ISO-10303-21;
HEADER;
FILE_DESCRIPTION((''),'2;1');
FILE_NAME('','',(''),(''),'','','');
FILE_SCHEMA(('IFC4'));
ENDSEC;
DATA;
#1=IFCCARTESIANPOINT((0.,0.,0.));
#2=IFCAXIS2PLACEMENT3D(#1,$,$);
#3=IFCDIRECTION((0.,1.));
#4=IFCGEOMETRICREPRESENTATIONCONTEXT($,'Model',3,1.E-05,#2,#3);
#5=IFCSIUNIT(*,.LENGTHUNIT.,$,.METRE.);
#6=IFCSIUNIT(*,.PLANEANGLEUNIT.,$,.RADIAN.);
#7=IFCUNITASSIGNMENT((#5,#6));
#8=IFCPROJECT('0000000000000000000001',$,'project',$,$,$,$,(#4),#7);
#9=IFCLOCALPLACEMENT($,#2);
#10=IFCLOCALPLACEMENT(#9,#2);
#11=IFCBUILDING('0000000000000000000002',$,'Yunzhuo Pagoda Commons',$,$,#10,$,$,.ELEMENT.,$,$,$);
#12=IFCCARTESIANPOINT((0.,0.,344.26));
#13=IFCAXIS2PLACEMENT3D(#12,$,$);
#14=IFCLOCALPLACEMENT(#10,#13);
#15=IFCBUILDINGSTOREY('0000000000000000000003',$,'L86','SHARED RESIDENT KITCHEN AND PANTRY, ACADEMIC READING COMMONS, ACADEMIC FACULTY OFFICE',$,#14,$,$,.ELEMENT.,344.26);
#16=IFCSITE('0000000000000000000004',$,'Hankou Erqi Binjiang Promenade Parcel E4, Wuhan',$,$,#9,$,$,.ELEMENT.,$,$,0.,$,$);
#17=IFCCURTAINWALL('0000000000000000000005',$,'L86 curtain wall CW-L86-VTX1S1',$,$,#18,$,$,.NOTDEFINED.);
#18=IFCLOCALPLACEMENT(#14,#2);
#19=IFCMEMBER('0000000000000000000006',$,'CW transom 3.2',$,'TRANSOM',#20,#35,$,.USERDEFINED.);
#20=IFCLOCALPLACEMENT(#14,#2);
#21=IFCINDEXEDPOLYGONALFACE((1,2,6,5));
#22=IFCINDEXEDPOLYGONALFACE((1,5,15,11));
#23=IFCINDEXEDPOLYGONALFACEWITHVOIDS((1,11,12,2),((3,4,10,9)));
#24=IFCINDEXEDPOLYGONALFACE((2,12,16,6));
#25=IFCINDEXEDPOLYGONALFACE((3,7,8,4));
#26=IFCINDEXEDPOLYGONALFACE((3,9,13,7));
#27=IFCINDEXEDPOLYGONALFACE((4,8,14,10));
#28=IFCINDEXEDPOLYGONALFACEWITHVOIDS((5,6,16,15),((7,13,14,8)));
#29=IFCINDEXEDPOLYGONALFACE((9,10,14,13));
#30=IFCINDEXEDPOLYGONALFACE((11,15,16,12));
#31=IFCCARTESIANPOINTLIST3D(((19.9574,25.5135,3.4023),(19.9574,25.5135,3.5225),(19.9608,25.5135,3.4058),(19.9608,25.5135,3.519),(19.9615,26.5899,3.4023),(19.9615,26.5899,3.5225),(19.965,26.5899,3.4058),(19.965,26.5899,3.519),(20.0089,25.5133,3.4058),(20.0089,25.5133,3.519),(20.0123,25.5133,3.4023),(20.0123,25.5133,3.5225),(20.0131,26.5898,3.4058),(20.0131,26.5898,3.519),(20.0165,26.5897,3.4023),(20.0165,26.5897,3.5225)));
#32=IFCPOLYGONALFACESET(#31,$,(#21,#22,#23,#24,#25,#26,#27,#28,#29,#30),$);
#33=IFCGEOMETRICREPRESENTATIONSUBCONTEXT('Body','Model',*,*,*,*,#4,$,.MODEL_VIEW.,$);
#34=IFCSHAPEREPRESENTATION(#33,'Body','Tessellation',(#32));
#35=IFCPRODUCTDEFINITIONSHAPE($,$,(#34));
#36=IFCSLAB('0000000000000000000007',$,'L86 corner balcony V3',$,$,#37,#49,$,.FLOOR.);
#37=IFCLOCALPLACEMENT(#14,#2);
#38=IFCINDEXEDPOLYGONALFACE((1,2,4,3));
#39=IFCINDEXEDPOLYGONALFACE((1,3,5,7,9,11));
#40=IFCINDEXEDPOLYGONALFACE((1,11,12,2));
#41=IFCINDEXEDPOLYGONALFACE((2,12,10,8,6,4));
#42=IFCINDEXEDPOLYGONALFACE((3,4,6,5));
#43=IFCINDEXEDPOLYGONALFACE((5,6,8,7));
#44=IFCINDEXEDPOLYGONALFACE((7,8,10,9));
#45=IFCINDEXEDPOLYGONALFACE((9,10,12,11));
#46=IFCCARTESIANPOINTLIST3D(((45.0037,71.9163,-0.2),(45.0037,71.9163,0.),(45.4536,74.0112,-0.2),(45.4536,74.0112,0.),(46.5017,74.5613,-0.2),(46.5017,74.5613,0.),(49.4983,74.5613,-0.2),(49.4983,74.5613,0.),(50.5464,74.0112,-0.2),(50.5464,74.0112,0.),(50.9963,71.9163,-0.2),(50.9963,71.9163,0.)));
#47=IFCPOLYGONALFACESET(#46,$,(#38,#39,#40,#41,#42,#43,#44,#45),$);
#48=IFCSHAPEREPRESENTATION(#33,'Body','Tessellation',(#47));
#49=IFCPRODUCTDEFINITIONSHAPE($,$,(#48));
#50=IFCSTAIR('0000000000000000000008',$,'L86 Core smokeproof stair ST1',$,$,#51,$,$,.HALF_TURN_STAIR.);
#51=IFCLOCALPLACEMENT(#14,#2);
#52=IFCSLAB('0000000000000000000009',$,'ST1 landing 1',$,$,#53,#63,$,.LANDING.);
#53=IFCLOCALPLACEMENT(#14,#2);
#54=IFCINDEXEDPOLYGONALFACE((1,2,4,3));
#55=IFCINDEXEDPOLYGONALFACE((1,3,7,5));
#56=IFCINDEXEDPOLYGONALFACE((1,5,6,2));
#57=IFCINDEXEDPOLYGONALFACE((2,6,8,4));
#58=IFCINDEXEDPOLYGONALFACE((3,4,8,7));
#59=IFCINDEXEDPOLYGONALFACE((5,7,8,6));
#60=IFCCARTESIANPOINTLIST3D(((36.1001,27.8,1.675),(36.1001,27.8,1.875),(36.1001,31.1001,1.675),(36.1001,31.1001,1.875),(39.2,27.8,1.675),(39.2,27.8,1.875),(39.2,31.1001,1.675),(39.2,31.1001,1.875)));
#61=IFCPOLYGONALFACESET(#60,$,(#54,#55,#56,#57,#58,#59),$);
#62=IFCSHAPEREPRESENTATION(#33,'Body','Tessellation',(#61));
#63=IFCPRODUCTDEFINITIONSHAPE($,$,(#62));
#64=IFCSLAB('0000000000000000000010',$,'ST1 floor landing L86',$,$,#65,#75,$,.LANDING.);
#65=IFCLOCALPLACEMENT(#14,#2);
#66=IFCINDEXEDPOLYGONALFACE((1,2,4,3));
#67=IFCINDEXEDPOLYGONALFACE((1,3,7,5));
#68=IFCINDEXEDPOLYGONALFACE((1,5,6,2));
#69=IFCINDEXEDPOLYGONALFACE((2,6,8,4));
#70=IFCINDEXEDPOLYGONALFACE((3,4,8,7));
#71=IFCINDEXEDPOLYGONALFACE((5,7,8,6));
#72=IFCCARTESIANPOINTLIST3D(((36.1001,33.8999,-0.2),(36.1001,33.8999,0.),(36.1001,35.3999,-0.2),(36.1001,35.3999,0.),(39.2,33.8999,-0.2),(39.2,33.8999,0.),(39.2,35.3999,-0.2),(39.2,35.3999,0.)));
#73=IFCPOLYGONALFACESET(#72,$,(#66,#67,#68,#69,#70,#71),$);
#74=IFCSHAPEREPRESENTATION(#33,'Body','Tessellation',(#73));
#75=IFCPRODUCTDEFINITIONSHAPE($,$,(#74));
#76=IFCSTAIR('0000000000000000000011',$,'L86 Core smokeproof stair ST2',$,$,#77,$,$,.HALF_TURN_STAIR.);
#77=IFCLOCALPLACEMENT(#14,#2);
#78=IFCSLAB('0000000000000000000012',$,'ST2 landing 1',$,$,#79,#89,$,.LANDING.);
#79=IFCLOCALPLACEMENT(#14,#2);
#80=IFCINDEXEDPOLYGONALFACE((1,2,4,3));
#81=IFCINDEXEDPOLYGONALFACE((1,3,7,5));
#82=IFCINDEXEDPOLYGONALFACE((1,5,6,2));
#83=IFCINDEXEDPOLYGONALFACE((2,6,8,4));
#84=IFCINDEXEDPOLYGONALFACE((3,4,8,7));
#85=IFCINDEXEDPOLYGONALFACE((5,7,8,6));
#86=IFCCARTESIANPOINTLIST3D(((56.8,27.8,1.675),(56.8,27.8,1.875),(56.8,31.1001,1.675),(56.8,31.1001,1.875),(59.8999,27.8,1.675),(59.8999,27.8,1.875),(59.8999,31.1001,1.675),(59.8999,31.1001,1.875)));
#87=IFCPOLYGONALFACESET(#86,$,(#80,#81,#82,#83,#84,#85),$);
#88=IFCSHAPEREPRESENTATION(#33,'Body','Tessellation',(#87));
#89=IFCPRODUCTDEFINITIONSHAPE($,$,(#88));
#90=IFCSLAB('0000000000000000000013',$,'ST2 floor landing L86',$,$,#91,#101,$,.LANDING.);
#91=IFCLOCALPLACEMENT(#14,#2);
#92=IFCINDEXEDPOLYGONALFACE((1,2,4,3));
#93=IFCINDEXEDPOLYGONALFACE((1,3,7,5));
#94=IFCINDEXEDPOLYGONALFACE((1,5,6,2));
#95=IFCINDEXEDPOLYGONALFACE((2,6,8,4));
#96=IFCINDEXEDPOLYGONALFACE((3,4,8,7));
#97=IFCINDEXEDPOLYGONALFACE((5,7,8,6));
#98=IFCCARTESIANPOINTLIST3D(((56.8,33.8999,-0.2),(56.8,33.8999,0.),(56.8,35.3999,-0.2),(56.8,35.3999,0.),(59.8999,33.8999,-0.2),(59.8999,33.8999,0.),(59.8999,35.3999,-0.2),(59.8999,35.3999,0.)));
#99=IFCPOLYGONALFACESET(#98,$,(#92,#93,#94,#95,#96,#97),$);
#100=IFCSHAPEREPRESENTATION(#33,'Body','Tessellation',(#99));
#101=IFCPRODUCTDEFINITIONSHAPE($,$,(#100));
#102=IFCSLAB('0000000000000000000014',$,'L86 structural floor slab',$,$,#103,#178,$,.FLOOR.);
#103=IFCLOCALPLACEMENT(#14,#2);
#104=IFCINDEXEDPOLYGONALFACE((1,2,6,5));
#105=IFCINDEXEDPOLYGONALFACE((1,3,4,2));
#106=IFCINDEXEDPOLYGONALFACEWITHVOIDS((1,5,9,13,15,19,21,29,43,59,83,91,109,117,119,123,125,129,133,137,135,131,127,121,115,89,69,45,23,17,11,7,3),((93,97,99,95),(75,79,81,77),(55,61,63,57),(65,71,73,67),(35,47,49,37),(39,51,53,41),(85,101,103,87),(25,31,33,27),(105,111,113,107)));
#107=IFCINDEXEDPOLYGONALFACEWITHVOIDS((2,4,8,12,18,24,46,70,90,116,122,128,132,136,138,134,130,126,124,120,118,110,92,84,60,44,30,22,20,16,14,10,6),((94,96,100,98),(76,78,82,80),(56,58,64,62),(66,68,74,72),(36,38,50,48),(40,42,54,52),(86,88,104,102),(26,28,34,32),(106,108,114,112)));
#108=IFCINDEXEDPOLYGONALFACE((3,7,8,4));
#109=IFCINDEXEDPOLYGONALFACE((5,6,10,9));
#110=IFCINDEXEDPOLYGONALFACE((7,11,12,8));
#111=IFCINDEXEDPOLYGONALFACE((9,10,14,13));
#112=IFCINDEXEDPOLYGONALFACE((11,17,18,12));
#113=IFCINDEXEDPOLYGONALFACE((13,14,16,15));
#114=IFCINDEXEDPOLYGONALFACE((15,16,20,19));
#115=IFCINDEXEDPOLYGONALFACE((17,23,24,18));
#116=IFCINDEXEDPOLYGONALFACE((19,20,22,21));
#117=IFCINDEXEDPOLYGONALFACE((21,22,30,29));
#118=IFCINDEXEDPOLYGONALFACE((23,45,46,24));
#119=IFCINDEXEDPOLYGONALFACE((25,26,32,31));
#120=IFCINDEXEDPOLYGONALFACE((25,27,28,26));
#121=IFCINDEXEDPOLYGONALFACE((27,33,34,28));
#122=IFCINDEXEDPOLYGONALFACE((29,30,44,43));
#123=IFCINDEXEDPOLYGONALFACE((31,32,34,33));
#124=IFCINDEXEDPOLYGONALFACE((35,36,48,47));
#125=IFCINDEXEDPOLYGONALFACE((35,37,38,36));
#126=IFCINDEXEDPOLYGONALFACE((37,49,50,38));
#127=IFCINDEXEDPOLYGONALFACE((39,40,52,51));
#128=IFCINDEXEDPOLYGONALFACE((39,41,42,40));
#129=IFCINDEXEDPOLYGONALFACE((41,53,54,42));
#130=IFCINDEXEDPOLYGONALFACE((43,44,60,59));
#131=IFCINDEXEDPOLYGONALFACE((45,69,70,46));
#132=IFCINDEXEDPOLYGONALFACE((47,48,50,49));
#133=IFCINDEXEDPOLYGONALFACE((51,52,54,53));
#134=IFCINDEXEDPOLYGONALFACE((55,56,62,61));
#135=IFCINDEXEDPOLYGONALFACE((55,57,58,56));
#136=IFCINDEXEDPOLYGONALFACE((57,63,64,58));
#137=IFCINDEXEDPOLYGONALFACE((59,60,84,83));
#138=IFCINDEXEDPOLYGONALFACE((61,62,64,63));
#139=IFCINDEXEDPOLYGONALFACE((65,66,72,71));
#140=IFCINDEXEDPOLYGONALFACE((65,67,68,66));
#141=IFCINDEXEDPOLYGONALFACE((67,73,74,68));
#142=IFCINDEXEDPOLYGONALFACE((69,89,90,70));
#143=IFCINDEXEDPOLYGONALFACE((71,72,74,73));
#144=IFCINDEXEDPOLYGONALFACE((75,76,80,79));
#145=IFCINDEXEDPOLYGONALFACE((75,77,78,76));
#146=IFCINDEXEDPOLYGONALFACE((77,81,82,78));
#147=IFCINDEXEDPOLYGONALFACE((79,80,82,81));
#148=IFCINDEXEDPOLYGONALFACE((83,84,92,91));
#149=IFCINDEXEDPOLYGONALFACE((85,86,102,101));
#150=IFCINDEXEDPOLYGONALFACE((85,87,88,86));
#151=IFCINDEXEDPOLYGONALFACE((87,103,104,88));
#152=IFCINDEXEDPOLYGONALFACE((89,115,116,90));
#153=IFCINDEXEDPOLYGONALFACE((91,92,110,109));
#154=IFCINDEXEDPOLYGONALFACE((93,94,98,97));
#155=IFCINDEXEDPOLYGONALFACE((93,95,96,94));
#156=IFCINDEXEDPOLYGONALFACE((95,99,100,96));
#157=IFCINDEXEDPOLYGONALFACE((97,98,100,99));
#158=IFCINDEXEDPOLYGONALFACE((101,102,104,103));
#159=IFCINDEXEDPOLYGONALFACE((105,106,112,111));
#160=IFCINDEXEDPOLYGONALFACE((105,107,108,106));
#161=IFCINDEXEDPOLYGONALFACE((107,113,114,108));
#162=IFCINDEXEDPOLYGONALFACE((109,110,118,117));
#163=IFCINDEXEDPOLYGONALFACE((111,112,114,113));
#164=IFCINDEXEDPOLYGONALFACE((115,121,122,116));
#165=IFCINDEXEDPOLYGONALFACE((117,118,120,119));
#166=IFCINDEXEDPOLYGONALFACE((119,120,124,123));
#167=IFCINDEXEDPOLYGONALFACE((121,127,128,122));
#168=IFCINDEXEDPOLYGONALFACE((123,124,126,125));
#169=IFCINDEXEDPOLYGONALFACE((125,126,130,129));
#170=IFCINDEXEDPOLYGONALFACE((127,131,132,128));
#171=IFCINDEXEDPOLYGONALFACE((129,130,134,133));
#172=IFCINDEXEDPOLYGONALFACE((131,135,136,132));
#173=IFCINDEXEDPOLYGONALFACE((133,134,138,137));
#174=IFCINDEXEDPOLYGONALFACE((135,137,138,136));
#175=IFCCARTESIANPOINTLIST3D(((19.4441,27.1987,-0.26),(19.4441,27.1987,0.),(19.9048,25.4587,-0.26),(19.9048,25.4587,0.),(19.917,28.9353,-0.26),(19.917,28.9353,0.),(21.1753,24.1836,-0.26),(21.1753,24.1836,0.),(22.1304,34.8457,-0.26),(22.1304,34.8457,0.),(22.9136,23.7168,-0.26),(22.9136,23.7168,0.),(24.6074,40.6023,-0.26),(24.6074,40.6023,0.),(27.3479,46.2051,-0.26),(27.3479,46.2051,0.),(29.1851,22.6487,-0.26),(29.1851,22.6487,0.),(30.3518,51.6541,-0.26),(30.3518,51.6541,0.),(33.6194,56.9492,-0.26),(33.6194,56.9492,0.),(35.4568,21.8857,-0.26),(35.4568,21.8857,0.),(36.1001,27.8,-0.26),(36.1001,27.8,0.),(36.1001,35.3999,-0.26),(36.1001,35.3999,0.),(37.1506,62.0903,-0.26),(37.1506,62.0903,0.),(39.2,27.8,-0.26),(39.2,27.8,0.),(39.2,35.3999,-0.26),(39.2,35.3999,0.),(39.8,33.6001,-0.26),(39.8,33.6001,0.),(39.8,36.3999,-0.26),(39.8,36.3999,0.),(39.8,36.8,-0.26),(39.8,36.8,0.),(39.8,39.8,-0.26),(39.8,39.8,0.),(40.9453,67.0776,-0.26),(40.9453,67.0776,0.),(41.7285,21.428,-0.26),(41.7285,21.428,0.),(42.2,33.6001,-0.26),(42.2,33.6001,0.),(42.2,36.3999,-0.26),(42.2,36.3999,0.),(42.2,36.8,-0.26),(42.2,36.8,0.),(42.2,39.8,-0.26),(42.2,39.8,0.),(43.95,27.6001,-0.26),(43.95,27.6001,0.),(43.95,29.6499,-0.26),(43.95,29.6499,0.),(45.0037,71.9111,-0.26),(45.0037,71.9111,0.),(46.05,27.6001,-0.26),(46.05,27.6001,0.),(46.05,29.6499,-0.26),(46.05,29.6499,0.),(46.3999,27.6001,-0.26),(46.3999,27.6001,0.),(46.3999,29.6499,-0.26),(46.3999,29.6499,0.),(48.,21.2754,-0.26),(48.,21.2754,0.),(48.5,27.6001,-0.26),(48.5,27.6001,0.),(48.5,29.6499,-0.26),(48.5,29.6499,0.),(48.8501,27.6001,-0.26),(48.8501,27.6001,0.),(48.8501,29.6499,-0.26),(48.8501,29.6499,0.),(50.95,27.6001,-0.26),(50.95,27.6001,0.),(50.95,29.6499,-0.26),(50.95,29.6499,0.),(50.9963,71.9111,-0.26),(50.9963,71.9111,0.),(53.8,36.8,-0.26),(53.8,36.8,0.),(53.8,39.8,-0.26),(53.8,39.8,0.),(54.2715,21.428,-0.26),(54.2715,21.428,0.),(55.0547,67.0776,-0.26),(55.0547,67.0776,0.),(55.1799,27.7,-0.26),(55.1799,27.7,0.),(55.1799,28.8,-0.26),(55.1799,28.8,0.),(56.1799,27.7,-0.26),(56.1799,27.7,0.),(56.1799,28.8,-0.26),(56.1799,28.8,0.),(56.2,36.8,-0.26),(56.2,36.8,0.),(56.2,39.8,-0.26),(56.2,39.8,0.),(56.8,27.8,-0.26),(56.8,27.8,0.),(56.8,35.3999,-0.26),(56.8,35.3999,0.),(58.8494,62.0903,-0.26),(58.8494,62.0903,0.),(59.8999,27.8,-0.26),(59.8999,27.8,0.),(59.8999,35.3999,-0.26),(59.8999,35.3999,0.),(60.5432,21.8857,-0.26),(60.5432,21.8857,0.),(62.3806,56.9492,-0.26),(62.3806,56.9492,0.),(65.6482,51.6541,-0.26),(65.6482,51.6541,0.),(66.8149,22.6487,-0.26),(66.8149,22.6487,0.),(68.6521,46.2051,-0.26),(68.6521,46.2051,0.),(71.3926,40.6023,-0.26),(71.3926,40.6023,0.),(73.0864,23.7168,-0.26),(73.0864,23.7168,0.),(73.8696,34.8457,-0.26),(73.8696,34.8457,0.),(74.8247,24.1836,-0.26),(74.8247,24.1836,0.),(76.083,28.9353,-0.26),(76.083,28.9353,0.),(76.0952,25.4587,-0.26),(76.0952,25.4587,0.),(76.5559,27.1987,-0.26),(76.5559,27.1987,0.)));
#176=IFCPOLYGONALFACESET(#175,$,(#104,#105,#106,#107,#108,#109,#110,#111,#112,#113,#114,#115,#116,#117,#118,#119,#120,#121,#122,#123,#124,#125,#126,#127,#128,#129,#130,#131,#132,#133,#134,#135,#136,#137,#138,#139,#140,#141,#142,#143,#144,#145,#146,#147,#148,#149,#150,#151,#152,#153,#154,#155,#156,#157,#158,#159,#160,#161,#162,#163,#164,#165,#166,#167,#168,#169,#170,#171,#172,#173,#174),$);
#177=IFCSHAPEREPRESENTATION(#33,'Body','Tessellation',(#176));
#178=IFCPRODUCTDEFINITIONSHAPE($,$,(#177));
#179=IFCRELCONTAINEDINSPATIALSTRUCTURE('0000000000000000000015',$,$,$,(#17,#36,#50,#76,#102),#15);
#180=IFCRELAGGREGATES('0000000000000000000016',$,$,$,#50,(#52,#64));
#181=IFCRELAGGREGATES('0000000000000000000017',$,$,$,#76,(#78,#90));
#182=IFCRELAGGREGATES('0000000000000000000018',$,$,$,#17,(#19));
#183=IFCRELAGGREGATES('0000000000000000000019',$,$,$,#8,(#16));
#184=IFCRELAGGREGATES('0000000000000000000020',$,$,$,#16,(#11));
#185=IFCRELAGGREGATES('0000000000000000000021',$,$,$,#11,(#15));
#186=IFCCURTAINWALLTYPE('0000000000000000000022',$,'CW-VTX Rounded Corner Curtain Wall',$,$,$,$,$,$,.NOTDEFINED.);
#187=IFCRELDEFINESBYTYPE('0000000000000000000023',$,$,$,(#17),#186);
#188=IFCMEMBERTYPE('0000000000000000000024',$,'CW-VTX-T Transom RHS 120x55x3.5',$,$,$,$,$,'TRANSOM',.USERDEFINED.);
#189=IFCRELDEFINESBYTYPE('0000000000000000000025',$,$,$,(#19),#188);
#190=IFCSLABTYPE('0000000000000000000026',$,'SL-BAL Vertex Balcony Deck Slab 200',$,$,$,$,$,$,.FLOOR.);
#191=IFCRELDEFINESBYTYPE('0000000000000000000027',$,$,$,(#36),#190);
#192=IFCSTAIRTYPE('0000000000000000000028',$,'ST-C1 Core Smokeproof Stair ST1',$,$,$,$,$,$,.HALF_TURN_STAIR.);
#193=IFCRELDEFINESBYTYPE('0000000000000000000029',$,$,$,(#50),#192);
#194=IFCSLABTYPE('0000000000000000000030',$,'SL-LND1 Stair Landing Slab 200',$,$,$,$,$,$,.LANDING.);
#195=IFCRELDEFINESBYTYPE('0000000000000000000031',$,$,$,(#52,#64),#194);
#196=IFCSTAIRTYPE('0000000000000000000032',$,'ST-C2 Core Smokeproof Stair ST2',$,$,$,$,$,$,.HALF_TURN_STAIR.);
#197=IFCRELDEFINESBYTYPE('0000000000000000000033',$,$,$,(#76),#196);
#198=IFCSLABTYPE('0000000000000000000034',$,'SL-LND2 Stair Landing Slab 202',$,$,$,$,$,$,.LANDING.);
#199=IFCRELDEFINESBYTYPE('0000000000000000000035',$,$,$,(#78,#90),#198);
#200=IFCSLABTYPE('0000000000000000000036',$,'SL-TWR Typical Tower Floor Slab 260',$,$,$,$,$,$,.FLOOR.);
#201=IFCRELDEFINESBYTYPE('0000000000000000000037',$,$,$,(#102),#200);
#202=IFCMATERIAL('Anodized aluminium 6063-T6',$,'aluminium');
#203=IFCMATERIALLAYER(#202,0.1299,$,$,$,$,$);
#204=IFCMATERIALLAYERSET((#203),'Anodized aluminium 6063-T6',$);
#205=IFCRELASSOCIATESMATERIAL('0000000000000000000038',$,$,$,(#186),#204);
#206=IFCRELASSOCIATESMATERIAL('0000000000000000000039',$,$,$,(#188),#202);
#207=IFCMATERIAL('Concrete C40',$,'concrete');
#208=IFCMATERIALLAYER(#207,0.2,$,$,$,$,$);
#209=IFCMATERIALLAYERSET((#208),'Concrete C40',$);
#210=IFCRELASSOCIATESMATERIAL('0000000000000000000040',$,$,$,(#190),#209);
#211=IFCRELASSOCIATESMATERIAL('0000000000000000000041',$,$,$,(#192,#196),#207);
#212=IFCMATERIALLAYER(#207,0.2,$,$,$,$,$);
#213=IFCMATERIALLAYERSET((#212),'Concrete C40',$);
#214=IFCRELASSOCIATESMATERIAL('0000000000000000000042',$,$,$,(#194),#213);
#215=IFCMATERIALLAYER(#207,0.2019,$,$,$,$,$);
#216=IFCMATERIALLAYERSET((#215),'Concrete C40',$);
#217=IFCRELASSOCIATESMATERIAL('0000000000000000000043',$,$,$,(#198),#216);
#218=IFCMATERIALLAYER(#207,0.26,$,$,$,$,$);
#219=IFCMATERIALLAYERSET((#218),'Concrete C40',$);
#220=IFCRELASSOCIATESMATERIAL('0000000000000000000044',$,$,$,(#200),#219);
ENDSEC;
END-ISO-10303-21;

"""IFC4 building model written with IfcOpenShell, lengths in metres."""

from ifc_helpers import new_model, si_unit, direction, frame, origin, origin_2d, place, context, subcontext, project, spatial, polyline, hollow_rectangle, outline, extrude, source, transform, mapped, material, layer, layer_set, material_profile, profile_set, type_object, element, aggregate, save


model = new_model("IFC4")

# Units and contexts
model_context = context("Model", 3, precision=1e-05, world=origin(), true_north=direction((0.0, 1.0)))
body_context = subcontext(model_context, "Body", "Model", "MODEL_VIEW")
ifc_project = project(units=[si_unit("LENGTHUNIT", "METRE"), si_unit("PLANEANGLEUNIT", "RADIAN")], contexts=[model_context])

# Site, building, storey
site_placement = place(None, origin())
site = spatial("IfcSite", under=ifc_project, at=site_placement, Name="Hankou Erqi Binjiang Promenade Parcel E4, Wuhan", CompositionType="ELEMENT", RefElevation=0.0)
building_placement = place(site_placement, origin())
building = spatial("IfcBuilding", under=site, at=building_placement, Name="Yunzhuo Pagoda Commons", CompositionType="ELEMENT")
storey_placement = place(building_placement, frame((0.0, 0.0, 344.26)))
storey = spatial("IfcBuildingStorey", under=building, at=storey_placement, Name="L86", Description="SHARED RESIDENT KITCHEN AND PANTRY, ACADEMIC READING COMMONS, ACADEMIC FACULTY OFFICE", CompositionType="ELEMENT", Elevation=344.26)

# Shared definitions
ifc_material_1 = material(Name="Anodized aluminium 6063-T6", Category="aluminium")

# Curtain wall
ifc_layer_1 = layer(ifc_material_1, 0.1299)
ifc_layer_set_1 = layer_set([ifc_layer_1], Name="Anodized aluminium 6063-T6")
curtain_wall_type_1 = type_object("IfcCurtainWallType", Name="CW-VTX Rounded Corner Curtain Wall", PredefinedType="NOTDEFINED", material=ifc_layer_set_1)
curtain_wall_1_placement = place(storey_placement, origin())
curtain_wall_1 = element("IfcCurtainWall", 1, at=curtain_wall_1_placement, inside=storey, type_object=curtain_wall_type_1, Name="L86 curtain wall CW-L86-VTX1S1", PredefinedType="NOTDEFINED")
ifc_material_profile_1 = material_profile(ifc_material_1, hollow_rectangle(XDim=0.0549, YDim=0.1201, WallThickness=0.0034, at=origin_2d()), Name="Anodized aluminium 6063-T6")
ifc_profile_set_1 = profile_set([ifc_material_profile_1], Name="Anodized aluminium 6063-T6")
member_type_1 = type_object("IfcMemberType", Name="CW-VTX-T Transom RHS 120x55x3.5", ElementType="TRANSOM", PredefinedType="USERDEFINED", material=ifc_profile_set_1)

# Member
shared_shape_1 = source(origin(), body_context, "Body", "SweptSolid", [
    extrude(hollow_rectangle(XDim=0.0549, YDim=0.1201, WallThickness=0.0034, at=origin_2d()), origin(), (0.0, 0.0, 1.0), 1.0764),
])
member_1_placement = place(storey_placement, frame((19.989, 26.5898, 3.4624), z_axis=(-0.003856, -0.999993, 0.0), x_axis=(0.999993, -0.003856, 0.0)))
member_1 = element("IfcMember", 2, at=member_1_placement, type_object=member_type_1, Name="CW transom 3.2", ObjectType="TRANSOM", PredefinedType="USERDEFINED", context=body_context, shape_type="MappedRepresentation", body=[
    mapped(shared_shape_1, transform((0.0, 0.0, 0.0), scale=1.0)),
])

# Slab
ifc_material_2 = material(Name="Concrete C40", Category="concrete")
ifc_layer_2 = layer(ifc_material_2, 0.2)
ifc_layer_set_2 = layer_set([ifc_layer_2], Name="Concrete C40")
slab_type_1 = type_object("IfcSlabType", Name="SL-BAL Vertex Balcony Deck Slab 200", PredefinedType="FLOOR", material=ifc_layer_set_2)
slab_1_placement = place(storey_placement, frame((0.0, 0.0, -0.2)))
element("IfcSlab", 3, at=slab_1_placement, inside=storey, type_object=slab_type_1, Name="L86 corner balcony V3", PredefinedType="FLOOR", context=body_context, shape_type="SweptSolid", body=[
    extrude(outline(polyline([(50.9963, 71.9163), (45.0037, 71.9163), (45.4536, 74.0112), (46.5017, 74.5613), (49.4983, 74.5613), (50.5464, 74.0112), (50.9963, 71.9163)])), origin(), (0.0, 0.0, 1.0), 0.2),
])

# Stairs, slabs
stair_type_1 = type_object("IfcStairType", Name="ST-C1 Core Smokeproof Stair ST1", PredefinedType="HALF_TURN_STAIR", material=ifc_material_2)
stair_1_placement = place(storey_placement, origin())
stair_1 = element("IfcStair", 4, at=stair_1_placement, inside=storey, type_object=stair_type_1, Name="L86 Core smokeproof stair ST1", PredefinedType="HALF_TURN_STAIR")
ifc_layer_3 = layer(ifc_material_2, 0.2)
ifc_layer_set_3 = layer_set([ifc_layer_3], Name="Concrete C40")
slab_type_2 = type_object("IfcSlabType", Name="SL-LND1 Stair Landing Slab 200", PredefinedType="LANDING", material=ifc_layer_set_3)
slab_2_placement = place(storey_placement, frame((0.0, 0.0, 1.675)))
slab_2 = element("IfcSlab", 5, at=slab_2_placement, type_object=slab_type_2, Name="ST1 landing 1", PredefinedType="LANDING", context=body_context, shape_type="SweptSolid", body=[
    extrude(outline(polyline([(36.1001, 31.1001), (36.1001, 27.8), (39.2, 27.8), (39.2, 31.1001), (36.1001, 31.1001)])), origin(), (0.0, 0.0, 1.0), 0.2),
])
slab_3_placement = place(storey_placement, frame((0.0, 0.0, -0.2)))
slab_3 = element("IfcSlab", 6, at=slab_3_placement, type_object=slab_type_2, Name="ST1 floor landing L86", PredefinedType="LANDING", context=body_context, shape_type="SweptSolid", body=[
    extrude(outline(polyline([(36.1001, 35.3999), (36.1001, 33.8999), (39.2, 33.8999), (39.2, 35.3999), (36.1001, 35.3999)])), origin(), (0.0, 0.0, 1.0), 0.2),
])
aggregate(stair_1, [slab_2, slab_3])
stair_type_2 = type_object("IfcStairType", Name="ST-C2 Core Smokeproof Stair ST2", PredefinedType="HALF_TURN_STAIR", material=ifc_material_2)
stair_2_placement = place(storey_placement, origin())
stair_2 = element("IfcStair", 7, at=stair_2_placement, inside=storey, type_object=stair_type_2, Name="L86 Core smokeproof stair ST2", PredefinedType="HALF_TURN_STAIR")
ifc_layer_4 = layer(ifc_material_2, 0.2019)
ifc_layer_set_4 = layer_set([ifc_layer_4], Name="Concrete C40")
slab_type_3 = type_object("IfcSlabType", Name="SL-LND2 Stair Landing Slab 202", PredefinedType="LANDING", material=ifc_layer_set_4)
slab_4_placement = place(storey_placement, frame((0.0, 0.0, 1.675)))
slab_4 = element("IfcSlab", 8, at=slab_4_placement, type_object=slab_type_3, Name="ST2 landing 1", PredefinedType="LANDING", context=body_context, shape_type="SweptSolid", body=[
    extrude(outline(polyline([(56.8, 31.1001), (56.8, 27.8), (59.8999, 27.8), (59.8999, 31.1001), (56.8, 31.1001)])), origin(), (0.0, 0.0, 1.0), 0.2),
])
slab_5_placement = place(storey_placement, frame((0.0, 0.0, -0.2)))
slab_5 = element("IfcSlab", 9, at=slab_5_placement, type_object=slab_type_3, Name="ST2 floor landing L86", PredefinedType="LANDING", context=body_context, shape_type="SweptSolid", body=[
    extrude(outline(polyline([(56.8, 35.3999), (56.8, 33.8999), (59.8999, 33.8999), (59.8999, 35.3999), (56.8, 35.3999)])), origin(), (0.0, 0.0, 1.0), 0.2),
])
aggregate(stair_2, [slab_4, slab_5])

# Slab
ifc_layer_5 = layer(ifc_material_2, 0.26)
ifc_layer_set_5 = layer_set([ifc_layer_5], Name="Concrete C40")
slab_type_4 = type_object("IfcSlabType", Name="SL-TWR Typical Tower Floor Slab 260", PredefinedType="FLOOR", material=ifc_layer_set_5)
slab_6_placement = place(storey_placement, frame((0.0, 0.0, -0.26)))
element("IfcSlab", 10, at=slab_6_placement, inside=storey, type_object=slab_type_4, Name="L86 structural floor slab", PredefinedType="FLOOR", context=body_context, shape_type="SweptSolid", body=[
    extrude(outline(polyline([(22.1304, 34.8457), (24.6074, 40.6023), (27.3479, 46.2051), (30.3518, 51.6541), (33.6194, 56.9492), (37.1506, 62.0903), (40.9453, 67.0776), (45.0037, 71.9111), (50.9963, 71.9111), (55.0547, 67.0776), (58.8494, 62.0903), (62.3806, 56.9492), (65.6482, 51.6541), (68.6521, 46.2051), (71.3926, 40.6023), (73.8696, 34.8457), (76.083, 28.9353), (76.5559, 27.1987), (76.0952, 25.4587), (74.8247, 24.1836), (73.0864, 23.7168), (66.8149, 22.6487), (60.5432, 21.8857), (54.2715, 21.428), (48.0, 21.2754), (41.7285, 21.428), (35.4568, 21.8857), (29.1851, 22.6487), (22.9136, 23.7168), (21.1753, 24.1836), (19.9048, 25.4587), (19.4441, 27.1987), (19.917, 28.9353), (22.1304, 34.8457)]), holes=[polyline([(56.1799, 28.8), (55.1799, 28.8), (55.1799, 27.7), (56.1799, 27.7), (56.1799, 28.8)]), polyline([(46.05, 29.6499), (43.95, 29.6499), (43.95, 27.6001), (46.05, 27.6001), (46.05, 29.6499)]), polyline([(48.5, 29.6499), (46.3999, 29.6499), (46.3999, 27.6001), (48.5, 27.6001), (48.5, 29.6499)]), polyline([(50.95, 29.6499), (48.8501, 29.6499), (48.8501, 27.6001), (50.95, 27.6001), (50.95, 29.6499)]), polyline([(39.2, 27.8), (39.2, 35.3999), (36.1001, 35.3999), (36.1001, 27.8), (39.2, 27.8)]), polyline([(59.8999, 27.8), (59.8999, 35.3999), (56.8, 35.3999), (56.8, 27.8), (59.8999, 27.8)]), polyline([(42.2, 36.3999), (39.8, 36.3999), (39.8, 33.6001), (42.2, 33.6001), (42.2, 36.3999)]), polyline([(42.2, 36.8), (42.2, 39.8), (39.8, 39.8), (39.8, 36.8), (42.2, 36.8)]), polyline([(56.2, 36.8), (56.2, 39.8), (53.8, 39.8), (53.8, 36.8), (56.2, 36.8)])]), origin(), (0.0, 0.0, 1.0), 0.26),
])

aggregate(curtain_wall_1, [member_1])

save(model, "model.ifc")
